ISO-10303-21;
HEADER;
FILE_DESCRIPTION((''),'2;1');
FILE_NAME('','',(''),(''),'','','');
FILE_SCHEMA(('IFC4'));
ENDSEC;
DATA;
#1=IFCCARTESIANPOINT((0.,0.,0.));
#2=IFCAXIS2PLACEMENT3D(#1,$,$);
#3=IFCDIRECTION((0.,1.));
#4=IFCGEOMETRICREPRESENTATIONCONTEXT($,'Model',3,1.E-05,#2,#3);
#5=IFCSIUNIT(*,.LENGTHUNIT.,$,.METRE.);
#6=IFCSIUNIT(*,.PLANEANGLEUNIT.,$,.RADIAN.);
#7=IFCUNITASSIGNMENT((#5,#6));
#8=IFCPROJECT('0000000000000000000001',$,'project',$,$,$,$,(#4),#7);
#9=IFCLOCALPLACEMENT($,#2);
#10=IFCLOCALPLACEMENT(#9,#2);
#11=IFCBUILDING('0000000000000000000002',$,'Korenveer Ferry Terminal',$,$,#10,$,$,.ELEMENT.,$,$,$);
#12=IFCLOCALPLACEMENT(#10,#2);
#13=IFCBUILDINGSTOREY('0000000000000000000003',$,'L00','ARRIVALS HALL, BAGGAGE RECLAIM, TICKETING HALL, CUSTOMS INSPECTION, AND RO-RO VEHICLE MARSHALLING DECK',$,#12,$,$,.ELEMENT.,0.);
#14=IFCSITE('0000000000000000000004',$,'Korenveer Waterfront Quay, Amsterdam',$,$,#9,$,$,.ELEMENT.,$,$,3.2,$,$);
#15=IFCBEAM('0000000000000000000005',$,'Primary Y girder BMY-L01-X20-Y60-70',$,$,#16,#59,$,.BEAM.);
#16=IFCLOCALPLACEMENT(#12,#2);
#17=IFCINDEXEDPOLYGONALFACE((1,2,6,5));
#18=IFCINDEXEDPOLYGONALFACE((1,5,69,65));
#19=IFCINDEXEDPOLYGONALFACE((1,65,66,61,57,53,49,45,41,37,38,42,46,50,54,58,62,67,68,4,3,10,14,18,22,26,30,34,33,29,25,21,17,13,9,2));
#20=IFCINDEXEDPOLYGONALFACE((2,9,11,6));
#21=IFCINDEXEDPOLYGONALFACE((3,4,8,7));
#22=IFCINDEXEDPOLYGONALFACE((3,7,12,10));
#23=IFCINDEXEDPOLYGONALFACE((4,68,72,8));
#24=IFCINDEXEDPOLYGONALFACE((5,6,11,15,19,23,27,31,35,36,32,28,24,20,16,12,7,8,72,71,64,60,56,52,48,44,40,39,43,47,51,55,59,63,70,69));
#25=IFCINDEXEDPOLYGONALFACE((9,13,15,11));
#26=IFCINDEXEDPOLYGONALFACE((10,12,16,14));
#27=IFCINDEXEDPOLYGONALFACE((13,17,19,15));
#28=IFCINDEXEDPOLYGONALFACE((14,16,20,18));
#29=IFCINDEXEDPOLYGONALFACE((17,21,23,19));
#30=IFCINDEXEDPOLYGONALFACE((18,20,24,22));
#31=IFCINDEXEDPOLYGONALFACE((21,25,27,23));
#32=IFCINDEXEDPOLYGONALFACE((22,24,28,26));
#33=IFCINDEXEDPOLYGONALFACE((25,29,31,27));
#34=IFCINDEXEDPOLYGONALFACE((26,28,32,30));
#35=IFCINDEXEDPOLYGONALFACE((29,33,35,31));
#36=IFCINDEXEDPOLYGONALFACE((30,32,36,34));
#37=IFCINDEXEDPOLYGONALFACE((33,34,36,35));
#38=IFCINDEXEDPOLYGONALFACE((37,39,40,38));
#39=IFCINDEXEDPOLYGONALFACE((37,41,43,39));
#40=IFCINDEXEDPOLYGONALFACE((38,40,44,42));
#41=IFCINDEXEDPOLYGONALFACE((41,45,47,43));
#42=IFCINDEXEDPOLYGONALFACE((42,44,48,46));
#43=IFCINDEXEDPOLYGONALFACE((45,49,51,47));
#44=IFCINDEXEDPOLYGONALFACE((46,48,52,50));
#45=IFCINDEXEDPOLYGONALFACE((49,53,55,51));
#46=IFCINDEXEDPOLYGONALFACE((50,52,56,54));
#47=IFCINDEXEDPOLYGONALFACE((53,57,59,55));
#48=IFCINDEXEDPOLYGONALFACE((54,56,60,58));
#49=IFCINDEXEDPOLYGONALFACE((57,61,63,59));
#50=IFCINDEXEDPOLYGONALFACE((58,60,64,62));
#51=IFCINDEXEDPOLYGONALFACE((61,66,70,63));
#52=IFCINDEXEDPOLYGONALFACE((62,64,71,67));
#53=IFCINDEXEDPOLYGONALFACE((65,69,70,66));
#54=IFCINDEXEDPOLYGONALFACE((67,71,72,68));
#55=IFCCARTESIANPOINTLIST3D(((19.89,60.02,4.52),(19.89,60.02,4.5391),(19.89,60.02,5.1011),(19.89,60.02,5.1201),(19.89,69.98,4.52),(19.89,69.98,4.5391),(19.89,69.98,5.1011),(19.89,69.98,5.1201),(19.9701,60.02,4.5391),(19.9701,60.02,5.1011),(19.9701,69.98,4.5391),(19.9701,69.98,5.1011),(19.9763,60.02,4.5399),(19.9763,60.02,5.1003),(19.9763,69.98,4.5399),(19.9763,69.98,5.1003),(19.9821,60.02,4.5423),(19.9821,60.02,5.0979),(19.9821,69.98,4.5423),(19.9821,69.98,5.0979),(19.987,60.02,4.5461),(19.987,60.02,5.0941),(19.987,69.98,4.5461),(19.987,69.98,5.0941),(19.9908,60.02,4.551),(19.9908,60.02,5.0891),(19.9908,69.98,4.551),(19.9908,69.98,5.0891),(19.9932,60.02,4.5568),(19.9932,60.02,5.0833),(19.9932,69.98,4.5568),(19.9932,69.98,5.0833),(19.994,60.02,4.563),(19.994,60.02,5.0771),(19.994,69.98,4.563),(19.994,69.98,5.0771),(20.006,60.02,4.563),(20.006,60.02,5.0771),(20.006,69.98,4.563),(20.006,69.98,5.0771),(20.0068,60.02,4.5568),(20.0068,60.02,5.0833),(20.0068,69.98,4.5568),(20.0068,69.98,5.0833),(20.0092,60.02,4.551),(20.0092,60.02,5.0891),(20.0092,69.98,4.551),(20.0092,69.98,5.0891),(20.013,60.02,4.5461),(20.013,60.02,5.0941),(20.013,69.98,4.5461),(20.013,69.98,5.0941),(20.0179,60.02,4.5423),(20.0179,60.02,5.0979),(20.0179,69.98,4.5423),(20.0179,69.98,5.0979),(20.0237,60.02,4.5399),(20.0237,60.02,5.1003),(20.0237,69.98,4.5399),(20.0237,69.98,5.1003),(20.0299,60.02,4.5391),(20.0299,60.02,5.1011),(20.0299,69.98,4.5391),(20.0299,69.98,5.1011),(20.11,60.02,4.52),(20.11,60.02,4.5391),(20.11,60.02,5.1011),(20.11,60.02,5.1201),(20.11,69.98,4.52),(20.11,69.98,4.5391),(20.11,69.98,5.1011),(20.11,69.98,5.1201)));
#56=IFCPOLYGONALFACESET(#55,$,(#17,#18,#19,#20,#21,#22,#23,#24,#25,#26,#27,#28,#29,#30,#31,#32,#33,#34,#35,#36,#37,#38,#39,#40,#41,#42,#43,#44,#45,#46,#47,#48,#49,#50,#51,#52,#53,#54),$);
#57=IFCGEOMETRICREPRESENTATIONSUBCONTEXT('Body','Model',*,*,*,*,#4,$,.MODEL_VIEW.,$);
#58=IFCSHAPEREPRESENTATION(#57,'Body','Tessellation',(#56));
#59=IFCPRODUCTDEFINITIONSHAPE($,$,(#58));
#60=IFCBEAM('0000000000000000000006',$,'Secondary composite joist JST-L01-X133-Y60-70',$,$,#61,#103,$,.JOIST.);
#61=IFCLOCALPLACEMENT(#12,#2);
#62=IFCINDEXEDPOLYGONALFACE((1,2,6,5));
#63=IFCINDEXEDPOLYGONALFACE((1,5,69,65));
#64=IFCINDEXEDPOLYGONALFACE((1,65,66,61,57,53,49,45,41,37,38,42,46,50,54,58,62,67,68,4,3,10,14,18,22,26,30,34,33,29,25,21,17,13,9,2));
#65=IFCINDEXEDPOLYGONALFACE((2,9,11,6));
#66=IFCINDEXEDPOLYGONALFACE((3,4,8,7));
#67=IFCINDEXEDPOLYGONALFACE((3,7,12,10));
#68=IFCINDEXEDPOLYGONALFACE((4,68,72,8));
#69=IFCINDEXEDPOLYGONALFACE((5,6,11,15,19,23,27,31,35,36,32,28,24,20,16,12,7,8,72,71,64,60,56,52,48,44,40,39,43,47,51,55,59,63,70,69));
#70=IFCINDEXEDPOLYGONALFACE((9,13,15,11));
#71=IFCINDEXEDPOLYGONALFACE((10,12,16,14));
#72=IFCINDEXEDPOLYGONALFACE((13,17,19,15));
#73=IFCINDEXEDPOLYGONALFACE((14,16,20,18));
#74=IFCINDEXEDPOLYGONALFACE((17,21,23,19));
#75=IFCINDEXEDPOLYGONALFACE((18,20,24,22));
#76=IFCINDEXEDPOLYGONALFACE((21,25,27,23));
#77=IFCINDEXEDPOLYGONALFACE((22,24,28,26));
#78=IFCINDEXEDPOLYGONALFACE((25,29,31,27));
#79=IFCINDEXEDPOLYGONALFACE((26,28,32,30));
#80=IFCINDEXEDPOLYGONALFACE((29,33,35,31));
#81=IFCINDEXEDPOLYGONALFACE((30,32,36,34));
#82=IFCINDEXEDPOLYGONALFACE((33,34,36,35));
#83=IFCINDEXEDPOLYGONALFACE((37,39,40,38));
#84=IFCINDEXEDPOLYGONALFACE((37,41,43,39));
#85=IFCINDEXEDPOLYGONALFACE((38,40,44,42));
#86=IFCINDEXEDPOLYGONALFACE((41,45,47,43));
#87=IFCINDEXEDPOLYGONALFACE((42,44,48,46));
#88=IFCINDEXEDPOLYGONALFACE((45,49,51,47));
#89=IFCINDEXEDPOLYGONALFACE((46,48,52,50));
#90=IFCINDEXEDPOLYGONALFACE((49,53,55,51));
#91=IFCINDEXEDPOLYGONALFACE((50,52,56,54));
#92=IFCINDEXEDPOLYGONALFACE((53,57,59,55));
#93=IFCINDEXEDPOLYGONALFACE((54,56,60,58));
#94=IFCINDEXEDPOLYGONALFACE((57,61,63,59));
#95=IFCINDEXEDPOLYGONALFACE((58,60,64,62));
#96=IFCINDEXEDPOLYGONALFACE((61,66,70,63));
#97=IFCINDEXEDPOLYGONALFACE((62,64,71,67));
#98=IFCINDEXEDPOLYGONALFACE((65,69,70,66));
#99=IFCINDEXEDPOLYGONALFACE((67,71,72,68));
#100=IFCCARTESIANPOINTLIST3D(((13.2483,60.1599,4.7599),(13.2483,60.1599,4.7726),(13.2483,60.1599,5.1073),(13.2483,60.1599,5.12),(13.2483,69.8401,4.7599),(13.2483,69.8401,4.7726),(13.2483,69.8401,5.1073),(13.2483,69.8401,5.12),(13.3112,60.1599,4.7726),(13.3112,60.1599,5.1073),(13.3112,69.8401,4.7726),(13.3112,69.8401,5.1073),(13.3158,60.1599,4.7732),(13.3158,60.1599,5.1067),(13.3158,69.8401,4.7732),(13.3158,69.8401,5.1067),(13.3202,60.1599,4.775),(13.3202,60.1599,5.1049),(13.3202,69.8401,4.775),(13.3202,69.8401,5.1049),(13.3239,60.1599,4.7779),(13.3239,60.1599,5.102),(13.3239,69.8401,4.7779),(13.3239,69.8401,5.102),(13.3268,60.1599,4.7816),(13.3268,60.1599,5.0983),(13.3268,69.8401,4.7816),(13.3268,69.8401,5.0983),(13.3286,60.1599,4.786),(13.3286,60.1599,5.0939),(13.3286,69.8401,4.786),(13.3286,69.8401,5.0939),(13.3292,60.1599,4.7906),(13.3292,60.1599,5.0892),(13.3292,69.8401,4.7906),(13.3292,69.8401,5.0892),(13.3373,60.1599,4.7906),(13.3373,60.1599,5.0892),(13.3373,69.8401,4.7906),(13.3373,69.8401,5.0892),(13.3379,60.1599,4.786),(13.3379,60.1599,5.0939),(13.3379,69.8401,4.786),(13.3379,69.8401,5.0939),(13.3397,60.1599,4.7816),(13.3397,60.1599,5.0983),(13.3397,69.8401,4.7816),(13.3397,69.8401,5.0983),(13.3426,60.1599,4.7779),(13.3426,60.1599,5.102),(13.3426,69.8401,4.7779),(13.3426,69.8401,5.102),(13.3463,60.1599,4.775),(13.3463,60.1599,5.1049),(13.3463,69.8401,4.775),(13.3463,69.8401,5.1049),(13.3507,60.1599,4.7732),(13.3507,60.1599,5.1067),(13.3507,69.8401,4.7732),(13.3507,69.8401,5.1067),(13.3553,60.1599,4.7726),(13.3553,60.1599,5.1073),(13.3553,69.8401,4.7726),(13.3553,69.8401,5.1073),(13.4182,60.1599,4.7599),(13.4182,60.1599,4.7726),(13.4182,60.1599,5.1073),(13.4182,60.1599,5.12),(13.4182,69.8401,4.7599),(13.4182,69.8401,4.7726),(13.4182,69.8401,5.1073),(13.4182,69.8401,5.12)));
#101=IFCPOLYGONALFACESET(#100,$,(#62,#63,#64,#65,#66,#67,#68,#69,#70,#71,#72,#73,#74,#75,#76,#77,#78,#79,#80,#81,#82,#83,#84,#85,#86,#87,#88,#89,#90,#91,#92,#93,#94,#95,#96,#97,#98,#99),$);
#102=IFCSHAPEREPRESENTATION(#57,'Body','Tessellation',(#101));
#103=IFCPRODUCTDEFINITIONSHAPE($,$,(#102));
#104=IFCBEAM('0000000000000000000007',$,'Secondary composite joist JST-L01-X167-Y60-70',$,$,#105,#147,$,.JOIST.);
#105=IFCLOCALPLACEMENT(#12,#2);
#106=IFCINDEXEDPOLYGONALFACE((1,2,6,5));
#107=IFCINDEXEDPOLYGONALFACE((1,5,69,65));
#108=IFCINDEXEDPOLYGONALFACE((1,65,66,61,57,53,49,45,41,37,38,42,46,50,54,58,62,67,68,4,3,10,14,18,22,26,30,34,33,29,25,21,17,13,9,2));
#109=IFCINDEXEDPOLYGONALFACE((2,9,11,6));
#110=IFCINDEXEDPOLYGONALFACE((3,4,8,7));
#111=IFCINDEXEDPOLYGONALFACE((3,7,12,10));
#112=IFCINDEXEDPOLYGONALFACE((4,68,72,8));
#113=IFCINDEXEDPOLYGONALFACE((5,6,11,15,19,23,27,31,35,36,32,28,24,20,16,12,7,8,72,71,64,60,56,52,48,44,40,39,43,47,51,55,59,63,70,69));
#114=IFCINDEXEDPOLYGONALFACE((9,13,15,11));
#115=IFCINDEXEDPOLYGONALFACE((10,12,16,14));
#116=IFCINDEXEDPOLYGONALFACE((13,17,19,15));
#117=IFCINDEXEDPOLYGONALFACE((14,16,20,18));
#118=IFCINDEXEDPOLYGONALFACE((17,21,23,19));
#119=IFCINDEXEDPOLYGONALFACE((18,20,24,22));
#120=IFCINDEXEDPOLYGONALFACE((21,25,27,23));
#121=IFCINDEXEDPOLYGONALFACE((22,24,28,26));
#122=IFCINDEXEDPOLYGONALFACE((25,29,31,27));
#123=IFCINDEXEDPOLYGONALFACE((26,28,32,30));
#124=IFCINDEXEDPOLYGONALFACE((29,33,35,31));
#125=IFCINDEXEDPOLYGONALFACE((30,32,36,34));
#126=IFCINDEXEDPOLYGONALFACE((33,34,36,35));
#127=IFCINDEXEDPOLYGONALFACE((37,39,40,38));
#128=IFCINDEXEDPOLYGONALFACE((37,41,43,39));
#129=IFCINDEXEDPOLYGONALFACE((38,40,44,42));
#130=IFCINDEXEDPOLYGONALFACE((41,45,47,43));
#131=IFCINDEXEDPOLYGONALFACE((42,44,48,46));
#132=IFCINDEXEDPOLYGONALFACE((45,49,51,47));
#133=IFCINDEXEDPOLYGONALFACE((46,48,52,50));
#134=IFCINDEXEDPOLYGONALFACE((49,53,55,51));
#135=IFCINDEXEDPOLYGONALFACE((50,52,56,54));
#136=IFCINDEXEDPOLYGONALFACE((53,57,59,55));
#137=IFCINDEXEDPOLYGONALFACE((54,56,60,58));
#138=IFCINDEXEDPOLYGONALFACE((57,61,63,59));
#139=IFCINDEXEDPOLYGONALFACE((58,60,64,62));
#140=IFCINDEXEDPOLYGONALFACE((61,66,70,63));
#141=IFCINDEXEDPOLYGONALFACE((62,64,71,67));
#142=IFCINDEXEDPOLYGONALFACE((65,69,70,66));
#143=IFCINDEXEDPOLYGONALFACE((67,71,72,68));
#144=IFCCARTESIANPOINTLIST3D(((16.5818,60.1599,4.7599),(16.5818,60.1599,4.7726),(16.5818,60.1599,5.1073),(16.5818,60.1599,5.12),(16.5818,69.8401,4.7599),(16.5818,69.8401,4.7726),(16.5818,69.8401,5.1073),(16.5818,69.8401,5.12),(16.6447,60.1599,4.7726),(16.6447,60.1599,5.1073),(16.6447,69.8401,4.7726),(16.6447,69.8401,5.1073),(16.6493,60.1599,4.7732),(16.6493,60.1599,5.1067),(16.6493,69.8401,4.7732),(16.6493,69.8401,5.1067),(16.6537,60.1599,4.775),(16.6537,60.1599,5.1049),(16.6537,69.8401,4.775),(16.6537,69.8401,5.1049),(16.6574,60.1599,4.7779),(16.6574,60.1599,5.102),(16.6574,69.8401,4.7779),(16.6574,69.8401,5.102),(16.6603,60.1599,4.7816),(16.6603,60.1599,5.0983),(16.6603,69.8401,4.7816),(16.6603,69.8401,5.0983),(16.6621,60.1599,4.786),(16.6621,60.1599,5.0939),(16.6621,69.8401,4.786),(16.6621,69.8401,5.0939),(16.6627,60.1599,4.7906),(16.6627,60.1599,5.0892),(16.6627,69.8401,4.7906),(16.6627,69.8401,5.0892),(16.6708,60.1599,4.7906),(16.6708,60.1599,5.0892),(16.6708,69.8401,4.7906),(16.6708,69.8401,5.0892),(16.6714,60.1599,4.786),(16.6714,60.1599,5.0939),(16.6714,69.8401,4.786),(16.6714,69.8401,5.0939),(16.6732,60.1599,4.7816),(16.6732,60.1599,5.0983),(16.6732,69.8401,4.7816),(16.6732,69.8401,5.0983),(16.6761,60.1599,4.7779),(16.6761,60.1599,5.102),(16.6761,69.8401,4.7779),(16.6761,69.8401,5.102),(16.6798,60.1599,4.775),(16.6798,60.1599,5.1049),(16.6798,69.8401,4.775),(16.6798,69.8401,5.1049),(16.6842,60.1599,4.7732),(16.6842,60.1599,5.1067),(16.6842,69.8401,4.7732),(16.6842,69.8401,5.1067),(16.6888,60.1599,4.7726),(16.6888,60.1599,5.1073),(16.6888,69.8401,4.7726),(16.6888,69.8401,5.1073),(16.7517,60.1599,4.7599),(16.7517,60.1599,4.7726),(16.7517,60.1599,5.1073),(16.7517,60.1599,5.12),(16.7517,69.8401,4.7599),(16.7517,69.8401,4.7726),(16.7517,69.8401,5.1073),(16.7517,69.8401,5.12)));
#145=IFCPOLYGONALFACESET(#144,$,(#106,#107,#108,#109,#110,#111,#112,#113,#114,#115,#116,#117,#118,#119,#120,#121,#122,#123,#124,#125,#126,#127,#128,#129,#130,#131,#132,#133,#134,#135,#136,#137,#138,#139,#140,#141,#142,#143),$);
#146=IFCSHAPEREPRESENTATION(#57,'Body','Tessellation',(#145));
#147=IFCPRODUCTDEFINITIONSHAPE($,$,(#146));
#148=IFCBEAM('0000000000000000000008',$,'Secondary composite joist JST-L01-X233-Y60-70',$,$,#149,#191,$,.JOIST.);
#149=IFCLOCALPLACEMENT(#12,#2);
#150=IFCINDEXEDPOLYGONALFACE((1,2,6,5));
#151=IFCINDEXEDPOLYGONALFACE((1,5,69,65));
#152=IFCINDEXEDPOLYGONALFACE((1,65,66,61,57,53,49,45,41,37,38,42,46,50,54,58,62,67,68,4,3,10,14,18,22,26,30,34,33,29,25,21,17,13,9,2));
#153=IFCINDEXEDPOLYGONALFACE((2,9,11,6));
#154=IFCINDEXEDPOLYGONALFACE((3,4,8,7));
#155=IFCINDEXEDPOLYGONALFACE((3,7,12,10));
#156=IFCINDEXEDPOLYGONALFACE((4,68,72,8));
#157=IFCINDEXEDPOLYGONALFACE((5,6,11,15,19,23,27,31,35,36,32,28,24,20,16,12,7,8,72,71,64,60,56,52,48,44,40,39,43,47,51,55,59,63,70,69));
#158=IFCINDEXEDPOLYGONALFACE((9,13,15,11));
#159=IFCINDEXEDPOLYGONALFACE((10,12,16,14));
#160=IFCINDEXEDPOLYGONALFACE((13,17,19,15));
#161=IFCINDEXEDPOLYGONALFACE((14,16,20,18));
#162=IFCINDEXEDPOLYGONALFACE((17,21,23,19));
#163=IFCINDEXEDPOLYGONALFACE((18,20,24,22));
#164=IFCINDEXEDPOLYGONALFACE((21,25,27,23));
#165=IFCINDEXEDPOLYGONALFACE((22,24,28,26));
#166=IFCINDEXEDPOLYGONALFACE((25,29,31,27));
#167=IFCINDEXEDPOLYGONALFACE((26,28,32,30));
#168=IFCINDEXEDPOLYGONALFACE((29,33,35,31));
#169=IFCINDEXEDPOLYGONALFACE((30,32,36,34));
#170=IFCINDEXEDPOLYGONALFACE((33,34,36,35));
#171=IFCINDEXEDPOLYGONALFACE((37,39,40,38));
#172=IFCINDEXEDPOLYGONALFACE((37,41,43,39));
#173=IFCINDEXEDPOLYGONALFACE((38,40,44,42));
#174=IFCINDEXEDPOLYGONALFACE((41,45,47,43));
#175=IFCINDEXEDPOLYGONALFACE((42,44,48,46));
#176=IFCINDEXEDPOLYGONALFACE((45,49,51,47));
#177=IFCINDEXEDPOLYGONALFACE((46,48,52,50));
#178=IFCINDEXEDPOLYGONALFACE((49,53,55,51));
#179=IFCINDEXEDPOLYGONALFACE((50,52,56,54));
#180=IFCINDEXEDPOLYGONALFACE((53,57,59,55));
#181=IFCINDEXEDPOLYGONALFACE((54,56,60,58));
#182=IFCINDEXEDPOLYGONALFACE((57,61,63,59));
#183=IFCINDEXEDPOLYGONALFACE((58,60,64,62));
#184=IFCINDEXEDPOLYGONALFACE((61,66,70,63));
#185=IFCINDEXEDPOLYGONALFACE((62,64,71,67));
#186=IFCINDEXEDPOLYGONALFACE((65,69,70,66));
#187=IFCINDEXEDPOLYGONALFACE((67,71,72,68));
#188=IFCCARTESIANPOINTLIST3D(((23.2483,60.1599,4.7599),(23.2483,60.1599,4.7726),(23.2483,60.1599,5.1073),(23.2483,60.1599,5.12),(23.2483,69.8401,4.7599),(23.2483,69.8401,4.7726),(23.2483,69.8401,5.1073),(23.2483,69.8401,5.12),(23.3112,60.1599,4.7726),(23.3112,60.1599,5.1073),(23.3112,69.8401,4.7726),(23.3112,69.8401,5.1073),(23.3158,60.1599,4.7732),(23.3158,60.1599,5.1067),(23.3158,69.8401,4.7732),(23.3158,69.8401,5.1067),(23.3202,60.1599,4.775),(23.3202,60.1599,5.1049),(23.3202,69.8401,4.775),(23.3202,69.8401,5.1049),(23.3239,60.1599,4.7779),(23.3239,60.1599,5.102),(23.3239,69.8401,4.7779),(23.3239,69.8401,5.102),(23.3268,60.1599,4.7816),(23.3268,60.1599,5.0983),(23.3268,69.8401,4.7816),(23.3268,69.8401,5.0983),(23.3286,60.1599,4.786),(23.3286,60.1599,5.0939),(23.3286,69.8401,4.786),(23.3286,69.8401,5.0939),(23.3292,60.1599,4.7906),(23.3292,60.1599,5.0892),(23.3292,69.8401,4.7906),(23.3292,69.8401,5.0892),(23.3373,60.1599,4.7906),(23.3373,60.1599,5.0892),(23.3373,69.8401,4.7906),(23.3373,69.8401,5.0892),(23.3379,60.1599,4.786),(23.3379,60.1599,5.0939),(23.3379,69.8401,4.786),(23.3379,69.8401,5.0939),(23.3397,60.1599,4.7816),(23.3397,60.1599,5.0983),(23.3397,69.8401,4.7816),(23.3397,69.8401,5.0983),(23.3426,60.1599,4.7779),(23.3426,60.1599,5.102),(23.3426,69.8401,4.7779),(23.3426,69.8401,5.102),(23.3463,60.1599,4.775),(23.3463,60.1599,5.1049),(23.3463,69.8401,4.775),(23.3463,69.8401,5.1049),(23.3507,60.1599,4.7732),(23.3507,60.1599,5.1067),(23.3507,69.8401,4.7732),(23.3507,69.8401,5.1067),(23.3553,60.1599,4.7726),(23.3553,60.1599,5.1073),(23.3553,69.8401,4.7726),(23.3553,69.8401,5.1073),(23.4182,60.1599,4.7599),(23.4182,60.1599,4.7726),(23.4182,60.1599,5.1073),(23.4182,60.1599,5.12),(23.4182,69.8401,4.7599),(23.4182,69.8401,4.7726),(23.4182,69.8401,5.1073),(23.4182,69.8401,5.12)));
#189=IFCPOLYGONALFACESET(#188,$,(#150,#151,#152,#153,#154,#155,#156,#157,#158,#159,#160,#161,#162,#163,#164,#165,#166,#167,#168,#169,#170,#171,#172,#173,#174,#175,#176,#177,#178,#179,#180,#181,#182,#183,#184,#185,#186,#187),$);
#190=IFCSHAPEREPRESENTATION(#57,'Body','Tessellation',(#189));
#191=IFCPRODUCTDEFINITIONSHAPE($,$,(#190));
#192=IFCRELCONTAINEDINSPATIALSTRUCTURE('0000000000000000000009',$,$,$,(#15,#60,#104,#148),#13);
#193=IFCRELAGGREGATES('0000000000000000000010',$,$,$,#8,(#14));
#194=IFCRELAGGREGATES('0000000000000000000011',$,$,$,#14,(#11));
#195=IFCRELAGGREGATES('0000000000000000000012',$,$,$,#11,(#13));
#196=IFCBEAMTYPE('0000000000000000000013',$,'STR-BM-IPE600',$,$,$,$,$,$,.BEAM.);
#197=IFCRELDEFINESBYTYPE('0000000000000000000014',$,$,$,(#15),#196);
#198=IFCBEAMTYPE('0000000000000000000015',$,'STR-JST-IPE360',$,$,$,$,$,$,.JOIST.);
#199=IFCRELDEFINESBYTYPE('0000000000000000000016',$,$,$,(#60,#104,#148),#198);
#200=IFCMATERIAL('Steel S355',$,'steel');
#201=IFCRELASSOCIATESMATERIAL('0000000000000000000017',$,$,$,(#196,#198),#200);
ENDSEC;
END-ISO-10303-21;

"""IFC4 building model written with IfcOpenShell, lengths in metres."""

from ifc_helpers import new_model, si_unit, direction, frame, origin, origin_2d, place, context, subcontext, project, spatial, i_section, extrude, material, material_profile, profile_set, type_object, element, save


model = new_model("IFC4")

# Units and contexts
model_context = context("Model", 3, precision=1e-05, world=origin(), true_north=direction((0.0, 1.0)))
body_context = subcontext(model_context, "Body", "Model", "MODEL_VIEW")
ifc_project = project(units=[si_unit("LENGTHUNIT", "METRE"), si_unit("PLANEANGLEUNIT", "RADIAN")], contexts=[model_context])

# Site, building, storey
site_placement = place(None, origin())
site = spatial("IfcSite", under=ifc_project, at=site_placement, Name="Korenveer Waterfront Quay, Amsterdam", CompositionType="ELEMENT", RefElevation=3.2)
building_placement = place(site_placement, origin())
building = spatial("IfcBuilding", under=site, at=building_placement, Name="Korenveer Ferry Terminal", CompositionType="ELEMENT")
storey_placement = place(building_placement, origin())
storey = spatial("IfcBuildingStorey", under=building, at=storey_placement, Name="L00", Description="ARRIVALS HALL, BAGGAGE RECLAIM, TICKETING HALL, CUSTOMS INSPECTION, AND RO-RO VEHICLE MARSHALLING DECK", CompositionType="ELEMENT", Elevation=0.0)

# Beams
ifc_material_1 = material(Name="Steel S355", Category="steel")
ifc_material_profile_1 = material_profile(ifc_material_1, i_section(OverallWidth=0.22, OverallDepth=0.6001, WebThickness=0.012, FlangeThickness=0.019, FilletRadius=0.0239, at=origin_2d()), Name="IPE 600")
ifc_profile_set_1 = profile_set([ifc_material_profile_1], Name="Steel S355")
beam_type_1 = type_object("IfcBeamType", Name="STR-BM-IPE600", PredefinedType="BEAM", material=ifc_profile_set_1)
beam_1_placement = place(storey_placement, frame((20.0, 60.02, 4.8201), z_axis=(0.0, 1.0, 0.0), x_axis=(-1.0, 0.0, 0.0)))
element("IfcBeam", 1, at=beam_1_placement, inside=storey, type_object=beam_type_1, Name="Primary Y girder BMY-L01-X20-Y60-70", PredefinedType="BEAM", context=body_context, shape_type="SweptSolid", body=[
    extrude(i_section(OverallWidth=0.22, OverallDepth=0.6001, WebThickness=0.012, FlangeThickness=0.019, FilletRadius=0.0239, at=origin_2d()), origin(), (0.0, 0.0, 1.0), 9.96),
])
ifc_material_profile_2 = material_profile(ifc_material_1, i_section(OverallWidth=0.1699, OverallDepth=0.3601, WebThickness=0.0081, FlangeThickness=0.0127, FilletRadius=0.0181, at=origin_2d()), Name="IPE 360")
ifc_profile_set_2 = profile_set([ifc_material_profile_2], Name="Steel S355")
beam_type_2 = type_object("IfcBeamType", Name="STR-JST-IPE360", PredefinedType="JOIST", material=ifc_profile_set_2)
for number, where, z_axis, x_axis, name in (
    (2, (13.3333, 60.1599, 4.9399), (0.0, 1.0, 0.0), (-1.0, 0.0, 0.0), "Secondary composite joist JST-L01-X133-Y60-70"),
    (3, (16.6667, 60.1599, 4.9399), (0.0, 1.0, 0.0), (-1.0, 0.0, 0.0), "Secondary composite joist JST-L01-X167-Y60-70"),
    (4, (23.3333, 60.1599, 4.9399), (0.0, 1.0, 0.0), (-1.0, 0.0, 0.0), "Secondary composite joist JST-L01-X233-Y60-70"),
):
    element("IfcBeam", number, at=place(storey_placement, frame(where, z_axis=z_axis, x_axis=x_axis)), inside=storey, type_object=beam_type_2, Name=name, PredefinedType="JOIST", context=body_context, shape_type="SweptSolid", body=[
        extrude(i_section(OverallWidth=0.1699, OverallDepth=0.3601, WebThickness=0.0081, FlangeThickness=0.0127, FilletRadius=0.0181, at=origin_2d()), origin(), (0.0, 0.0, 1.0), 9.6802),
    ])

save(model, "model.ifc")
